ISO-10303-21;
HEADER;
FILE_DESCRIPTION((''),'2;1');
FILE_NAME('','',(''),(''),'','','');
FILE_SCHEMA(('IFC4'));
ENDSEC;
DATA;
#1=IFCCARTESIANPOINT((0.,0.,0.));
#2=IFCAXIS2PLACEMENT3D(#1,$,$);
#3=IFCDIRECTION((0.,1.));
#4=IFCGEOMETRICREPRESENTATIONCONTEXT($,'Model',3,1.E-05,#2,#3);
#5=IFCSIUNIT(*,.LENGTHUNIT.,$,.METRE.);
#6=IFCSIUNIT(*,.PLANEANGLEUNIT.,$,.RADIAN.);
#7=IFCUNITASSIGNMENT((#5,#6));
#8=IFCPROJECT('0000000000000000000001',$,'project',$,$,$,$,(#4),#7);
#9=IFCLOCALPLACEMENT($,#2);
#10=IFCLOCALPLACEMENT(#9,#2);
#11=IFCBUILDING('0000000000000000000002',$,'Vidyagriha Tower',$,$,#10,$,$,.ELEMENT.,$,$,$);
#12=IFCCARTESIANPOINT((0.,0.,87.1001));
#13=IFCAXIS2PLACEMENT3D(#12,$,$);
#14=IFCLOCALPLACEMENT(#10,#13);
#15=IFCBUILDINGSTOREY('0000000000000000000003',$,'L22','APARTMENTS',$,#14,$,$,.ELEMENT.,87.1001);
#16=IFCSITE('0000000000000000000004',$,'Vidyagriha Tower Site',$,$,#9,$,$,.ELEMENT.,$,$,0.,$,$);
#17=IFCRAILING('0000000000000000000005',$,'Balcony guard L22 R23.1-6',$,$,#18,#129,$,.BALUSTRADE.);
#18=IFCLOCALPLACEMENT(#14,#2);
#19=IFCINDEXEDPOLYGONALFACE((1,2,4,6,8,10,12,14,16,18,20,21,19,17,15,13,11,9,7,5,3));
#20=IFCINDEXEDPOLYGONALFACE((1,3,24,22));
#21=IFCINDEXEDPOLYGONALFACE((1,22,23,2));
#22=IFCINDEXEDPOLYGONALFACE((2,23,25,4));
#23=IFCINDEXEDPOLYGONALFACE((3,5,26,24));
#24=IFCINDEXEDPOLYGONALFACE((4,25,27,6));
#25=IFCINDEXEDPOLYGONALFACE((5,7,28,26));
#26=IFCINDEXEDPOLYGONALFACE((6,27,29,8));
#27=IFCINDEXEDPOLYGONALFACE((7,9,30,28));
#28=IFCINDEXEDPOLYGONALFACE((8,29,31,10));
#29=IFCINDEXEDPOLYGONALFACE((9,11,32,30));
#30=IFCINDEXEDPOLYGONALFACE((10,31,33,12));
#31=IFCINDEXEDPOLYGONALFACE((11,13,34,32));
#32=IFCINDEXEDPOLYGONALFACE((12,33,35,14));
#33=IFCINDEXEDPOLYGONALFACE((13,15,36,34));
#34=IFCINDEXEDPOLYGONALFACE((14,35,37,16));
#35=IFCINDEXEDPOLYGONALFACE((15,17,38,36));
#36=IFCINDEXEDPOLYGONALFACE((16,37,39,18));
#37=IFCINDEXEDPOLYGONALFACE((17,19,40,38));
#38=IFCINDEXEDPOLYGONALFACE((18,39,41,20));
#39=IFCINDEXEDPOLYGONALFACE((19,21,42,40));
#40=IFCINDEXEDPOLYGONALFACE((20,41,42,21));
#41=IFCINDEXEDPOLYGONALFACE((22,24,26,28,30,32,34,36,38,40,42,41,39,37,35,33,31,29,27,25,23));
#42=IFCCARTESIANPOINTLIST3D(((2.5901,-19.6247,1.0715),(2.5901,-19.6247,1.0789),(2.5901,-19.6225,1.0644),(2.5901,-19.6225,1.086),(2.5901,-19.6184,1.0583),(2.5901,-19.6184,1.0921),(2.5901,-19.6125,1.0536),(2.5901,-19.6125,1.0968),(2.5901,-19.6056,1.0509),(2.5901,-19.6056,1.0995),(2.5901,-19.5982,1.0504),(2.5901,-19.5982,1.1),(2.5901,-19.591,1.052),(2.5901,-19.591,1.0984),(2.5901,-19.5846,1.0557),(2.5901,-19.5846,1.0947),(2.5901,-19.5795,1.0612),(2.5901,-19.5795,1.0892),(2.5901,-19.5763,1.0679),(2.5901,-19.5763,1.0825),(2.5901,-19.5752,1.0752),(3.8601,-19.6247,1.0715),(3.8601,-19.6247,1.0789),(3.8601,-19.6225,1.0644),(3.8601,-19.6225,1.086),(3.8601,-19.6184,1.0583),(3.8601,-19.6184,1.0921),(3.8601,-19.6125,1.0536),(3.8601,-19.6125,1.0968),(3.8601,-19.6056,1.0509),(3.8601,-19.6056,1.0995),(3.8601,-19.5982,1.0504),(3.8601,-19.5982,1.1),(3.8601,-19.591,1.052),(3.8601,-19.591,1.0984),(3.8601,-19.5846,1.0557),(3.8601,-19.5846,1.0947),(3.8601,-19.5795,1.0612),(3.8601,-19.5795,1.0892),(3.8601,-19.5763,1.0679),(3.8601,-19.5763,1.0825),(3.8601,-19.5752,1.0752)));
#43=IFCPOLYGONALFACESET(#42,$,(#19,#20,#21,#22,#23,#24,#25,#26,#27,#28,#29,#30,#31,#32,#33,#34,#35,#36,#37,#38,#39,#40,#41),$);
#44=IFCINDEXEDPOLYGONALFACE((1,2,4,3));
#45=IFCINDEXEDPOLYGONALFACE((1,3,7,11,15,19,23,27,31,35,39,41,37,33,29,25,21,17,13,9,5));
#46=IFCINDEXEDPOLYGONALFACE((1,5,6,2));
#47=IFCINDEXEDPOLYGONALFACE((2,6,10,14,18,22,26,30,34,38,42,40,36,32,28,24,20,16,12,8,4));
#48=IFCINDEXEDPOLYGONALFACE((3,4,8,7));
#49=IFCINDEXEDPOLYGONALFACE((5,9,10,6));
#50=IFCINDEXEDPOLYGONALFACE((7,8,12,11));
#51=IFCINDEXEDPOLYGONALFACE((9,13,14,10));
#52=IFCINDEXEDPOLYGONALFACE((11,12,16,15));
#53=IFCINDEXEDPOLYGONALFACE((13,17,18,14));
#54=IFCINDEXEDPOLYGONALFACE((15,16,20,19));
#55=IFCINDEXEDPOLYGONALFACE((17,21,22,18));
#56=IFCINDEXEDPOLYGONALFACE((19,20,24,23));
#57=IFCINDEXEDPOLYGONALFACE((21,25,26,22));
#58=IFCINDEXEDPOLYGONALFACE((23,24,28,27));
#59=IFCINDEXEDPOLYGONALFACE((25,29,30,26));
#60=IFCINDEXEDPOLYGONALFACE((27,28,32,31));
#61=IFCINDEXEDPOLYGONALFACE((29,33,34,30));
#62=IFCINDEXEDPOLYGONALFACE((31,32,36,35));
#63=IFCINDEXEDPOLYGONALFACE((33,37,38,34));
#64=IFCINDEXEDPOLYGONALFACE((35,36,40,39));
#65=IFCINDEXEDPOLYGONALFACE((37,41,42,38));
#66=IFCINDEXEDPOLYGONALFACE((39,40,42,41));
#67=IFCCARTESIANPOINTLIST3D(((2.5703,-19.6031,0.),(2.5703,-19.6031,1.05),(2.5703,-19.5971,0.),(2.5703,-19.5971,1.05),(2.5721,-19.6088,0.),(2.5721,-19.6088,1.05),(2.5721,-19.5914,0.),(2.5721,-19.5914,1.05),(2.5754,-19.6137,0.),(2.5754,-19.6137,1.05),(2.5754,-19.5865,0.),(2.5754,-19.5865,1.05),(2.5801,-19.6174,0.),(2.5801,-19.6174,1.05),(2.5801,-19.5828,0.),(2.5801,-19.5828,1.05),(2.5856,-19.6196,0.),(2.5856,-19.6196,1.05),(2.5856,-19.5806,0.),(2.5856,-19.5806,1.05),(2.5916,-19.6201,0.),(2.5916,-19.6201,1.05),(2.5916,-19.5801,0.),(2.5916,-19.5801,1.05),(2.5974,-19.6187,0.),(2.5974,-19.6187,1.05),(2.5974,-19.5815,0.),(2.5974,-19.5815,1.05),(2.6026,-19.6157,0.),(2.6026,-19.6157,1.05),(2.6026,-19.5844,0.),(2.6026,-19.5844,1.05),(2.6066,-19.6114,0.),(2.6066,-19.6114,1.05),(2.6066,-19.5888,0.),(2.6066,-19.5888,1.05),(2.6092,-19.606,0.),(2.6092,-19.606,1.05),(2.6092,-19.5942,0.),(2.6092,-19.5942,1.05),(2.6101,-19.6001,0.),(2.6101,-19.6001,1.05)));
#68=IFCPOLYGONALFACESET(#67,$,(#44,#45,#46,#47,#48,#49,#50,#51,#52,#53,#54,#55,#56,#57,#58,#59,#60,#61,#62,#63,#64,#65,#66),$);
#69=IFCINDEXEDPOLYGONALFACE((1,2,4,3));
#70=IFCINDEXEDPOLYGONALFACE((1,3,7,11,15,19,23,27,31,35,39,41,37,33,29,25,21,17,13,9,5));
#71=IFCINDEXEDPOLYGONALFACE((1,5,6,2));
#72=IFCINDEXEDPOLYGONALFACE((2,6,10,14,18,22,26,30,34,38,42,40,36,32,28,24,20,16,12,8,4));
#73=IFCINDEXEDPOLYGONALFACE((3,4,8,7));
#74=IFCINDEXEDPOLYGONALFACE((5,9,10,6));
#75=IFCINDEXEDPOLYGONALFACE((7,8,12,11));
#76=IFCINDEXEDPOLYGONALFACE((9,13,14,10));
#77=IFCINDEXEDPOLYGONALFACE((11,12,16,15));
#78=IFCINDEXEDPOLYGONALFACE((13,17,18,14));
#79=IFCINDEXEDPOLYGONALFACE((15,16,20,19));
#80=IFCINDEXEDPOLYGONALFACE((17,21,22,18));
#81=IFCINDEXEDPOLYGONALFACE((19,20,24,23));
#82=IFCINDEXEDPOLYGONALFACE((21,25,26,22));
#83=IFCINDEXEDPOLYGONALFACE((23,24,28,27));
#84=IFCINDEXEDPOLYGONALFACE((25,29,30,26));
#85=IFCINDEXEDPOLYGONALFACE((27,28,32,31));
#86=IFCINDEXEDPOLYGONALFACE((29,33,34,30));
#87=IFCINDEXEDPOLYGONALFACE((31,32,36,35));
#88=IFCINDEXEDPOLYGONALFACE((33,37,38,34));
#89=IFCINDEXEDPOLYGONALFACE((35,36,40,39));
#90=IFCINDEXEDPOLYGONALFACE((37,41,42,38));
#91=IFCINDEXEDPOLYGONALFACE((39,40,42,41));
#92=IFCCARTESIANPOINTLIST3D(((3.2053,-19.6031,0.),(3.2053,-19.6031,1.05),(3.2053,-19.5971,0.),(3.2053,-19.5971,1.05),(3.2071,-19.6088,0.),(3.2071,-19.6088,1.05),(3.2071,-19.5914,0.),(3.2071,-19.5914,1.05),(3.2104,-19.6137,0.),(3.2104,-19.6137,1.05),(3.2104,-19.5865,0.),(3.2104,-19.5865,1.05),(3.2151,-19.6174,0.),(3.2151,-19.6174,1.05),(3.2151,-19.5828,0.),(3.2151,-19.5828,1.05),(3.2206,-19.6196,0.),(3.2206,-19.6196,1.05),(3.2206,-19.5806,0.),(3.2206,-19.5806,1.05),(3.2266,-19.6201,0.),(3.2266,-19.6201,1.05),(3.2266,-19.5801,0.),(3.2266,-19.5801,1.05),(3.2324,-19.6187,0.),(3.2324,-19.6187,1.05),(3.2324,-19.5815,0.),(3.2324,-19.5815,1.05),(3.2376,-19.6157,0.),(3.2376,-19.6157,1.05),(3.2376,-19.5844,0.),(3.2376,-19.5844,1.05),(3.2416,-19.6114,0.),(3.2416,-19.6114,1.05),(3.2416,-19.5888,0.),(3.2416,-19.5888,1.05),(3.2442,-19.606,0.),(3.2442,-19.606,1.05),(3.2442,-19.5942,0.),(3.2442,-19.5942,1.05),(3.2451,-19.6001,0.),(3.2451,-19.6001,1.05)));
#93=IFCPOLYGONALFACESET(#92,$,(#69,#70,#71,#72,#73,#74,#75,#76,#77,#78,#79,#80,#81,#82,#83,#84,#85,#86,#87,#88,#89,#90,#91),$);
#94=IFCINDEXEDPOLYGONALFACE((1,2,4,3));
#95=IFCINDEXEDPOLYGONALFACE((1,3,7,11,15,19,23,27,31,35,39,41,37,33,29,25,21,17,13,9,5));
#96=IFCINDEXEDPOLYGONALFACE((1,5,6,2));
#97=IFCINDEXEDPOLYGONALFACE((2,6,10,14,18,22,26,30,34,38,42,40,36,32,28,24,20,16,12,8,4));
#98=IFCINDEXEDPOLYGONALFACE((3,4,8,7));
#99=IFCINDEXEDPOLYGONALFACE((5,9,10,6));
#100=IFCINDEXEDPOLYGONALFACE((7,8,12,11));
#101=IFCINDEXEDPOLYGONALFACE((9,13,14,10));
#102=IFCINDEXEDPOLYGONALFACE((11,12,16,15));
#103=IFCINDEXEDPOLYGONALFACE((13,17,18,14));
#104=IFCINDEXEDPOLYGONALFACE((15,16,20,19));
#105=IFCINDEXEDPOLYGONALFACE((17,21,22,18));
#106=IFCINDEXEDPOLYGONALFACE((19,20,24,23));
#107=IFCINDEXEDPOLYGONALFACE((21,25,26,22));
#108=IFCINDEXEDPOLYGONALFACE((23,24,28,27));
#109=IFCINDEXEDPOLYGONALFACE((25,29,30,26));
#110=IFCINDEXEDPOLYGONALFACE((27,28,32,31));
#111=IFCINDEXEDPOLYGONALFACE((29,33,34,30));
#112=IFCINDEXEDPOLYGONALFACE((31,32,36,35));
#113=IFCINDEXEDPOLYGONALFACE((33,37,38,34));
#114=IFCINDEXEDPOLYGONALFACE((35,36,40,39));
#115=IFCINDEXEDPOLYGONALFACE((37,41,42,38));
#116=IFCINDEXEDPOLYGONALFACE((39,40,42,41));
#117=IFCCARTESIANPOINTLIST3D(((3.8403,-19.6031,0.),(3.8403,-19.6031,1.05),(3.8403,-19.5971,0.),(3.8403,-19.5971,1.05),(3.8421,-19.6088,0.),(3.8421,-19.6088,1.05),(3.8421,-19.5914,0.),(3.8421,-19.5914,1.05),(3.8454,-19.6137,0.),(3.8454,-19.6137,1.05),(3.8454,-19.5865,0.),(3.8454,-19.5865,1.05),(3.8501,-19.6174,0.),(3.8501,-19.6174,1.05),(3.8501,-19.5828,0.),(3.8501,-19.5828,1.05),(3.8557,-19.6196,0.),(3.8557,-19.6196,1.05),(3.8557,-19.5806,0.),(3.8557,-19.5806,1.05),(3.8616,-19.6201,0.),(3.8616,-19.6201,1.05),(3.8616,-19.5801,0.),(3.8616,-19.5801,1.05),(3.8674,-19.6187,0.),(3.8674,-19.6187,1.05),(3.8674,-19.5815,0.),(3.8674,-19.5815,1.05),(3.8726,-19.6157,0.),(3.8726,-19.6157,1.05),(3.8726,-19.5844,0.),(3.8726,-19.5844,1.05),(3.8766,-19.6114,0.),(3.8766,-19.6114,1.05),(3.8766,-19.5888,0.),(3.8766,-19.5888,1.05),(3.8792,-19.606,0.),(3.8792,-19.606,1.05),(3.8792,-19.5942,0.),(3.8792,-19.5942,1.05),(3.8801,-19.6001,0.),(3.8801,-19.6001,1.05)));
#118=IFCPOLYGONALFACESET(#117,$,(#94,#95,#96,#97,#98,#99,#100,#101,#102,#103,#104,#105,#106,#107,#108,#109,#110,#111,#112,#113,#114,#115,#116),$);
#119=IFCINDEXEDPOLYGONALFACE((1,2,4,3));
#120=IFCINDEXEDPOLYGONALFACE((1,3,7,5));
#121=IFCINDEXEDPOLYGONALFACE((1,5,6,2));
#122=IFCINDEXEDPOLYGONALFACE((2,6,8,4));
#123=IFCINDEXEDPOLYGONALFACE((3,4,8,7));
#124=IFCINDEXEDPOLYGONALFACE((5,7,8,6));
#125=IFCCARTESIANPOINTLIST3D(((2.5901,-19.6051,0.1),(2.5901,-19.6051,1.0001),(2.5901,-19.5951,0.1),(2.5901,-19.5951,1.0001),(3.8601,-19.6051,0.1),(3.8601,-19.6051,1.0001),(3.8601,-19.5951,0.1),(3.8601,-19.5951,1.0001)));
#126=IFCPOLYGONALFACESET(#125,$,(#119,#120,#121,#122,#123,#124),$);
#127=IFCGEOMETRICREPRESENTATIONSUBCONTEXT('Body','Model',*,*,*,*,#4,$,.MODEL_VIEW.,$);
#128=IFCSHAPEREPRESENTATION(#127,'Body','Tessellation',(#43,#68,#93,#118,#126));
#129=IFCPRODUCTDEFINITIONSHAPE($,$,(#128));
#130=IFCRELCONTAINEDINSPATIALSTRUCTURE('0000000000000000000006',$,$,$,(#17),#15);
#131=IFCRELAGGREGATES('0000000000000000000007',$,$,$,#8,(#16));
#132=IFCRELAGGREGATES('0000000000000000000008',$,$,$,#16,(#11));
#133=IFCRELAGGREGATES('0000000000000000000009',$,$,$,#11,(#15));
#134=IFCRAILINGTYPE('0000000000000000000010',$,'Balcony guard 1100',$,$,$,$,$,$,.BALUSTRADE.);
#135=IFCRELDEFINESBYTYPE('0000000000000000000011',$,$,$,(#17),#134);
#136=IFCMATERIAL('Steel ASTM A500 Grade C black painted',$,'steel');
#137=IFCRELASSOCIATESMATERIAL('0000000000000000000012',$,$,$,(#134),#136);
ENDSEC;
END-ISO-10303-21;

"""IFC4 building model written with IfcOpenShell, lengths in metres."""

from ifc_helpers import new_model, si_unit, direction, frame, origin, origin_2d, place, context, subcontext, project, spatial, rectangle, circle, extrude, material, type_object, element, save


model = new_model("IFC4")

# Units and contexts
model_context = context("Model", 3, precision=1e-05, world=origin(), true_north=direction((0.0, 1.0)))
body_context = subcontext(model_context, "Body", "Model", "MODEL_VIEW")
ifc_project = project(units=[si_unit("LENGTHUNIT", "METRE"), si_unit("PLANEANGLEUNIT", "RADIAN")], contexts=[model_context])

# Site, building, storey
site_placement = place(None, origin())
site = spatial("IfcSite", under=ifc_project, at=site_placement, Name="Vidyagriha Tower Site", CompositionType="ELEMENT", RefElevation=0.0)
building_placement = place(site_placement, origin())
building = spatial("IfcBuilding", under=site, at=building_placement, Name="Vidyagriha Tower", CompositionType="ELEMENT")
storey_placement = place(building_placement, frame((0.0, 0.0, 87.1001)))
storey = spatial("IfcBuildingStorey", under=building, at=storey_placement, Name="L22", Description="APARTMENTS", CompositionType="ELEMENT", Elevation=87.1001)

# Railing
ifc_material_1 = material(Name="Steel ASTM A500 Grade C black painted", Category="steel")
railing_type = type_object("IfcRailingType", Name="Balcony guard 1100", PredefinedType="BALUSTRADE", material=ifc_material_1)
railing_placement = place(storey_placement, frame((2.5901, -19.6001, 0.0)))
element("IfcRailing", 1, at=railing_placement, inside=storey, type_object=railing_type, Name="Balcony guard L22 R23.1-6", PredefinedType="BALUSTRADE", context=body_context, shape_type="SweptSolid", body=[
    extrude(circle(Radius=0.0249, at=origin_2d()), frame((0.0, 0.0, 1.0752), z_axis=(1.0, 0.0, 0.0), x_axis=(0.0, 1.0, 0.0)), (0.0, 0.0, 1.0), 1.27),
    extrude(circle(Radius=0.02, at=origin_2d()), origin(), (0.0, 0.0, 1.0), 1.05),
    extrude(circle(Radius=0.02, at=origin_2d()), frame((0.635, 0.0, 0.0)), (0.0, 0.0, 1.0), 1.05),
    extrude(circle(Radius=0.02, at=origin_2d()), frame((1.27, 0.0, 0.0)), (0.0, 0.0, 1.0), 1.05),
    extrude(rectangle(XDim=0.01, YDim=0.9001, at=origin_2d()), frame((0.0, 0.0, 0.55), z_axis=(1.0, 0.0, 0.0), x_axis=(0.0, 1.0, 0.0)), (0.0, 0.0, 1.0), 1.27),
])

save(model, "model.ifc")
